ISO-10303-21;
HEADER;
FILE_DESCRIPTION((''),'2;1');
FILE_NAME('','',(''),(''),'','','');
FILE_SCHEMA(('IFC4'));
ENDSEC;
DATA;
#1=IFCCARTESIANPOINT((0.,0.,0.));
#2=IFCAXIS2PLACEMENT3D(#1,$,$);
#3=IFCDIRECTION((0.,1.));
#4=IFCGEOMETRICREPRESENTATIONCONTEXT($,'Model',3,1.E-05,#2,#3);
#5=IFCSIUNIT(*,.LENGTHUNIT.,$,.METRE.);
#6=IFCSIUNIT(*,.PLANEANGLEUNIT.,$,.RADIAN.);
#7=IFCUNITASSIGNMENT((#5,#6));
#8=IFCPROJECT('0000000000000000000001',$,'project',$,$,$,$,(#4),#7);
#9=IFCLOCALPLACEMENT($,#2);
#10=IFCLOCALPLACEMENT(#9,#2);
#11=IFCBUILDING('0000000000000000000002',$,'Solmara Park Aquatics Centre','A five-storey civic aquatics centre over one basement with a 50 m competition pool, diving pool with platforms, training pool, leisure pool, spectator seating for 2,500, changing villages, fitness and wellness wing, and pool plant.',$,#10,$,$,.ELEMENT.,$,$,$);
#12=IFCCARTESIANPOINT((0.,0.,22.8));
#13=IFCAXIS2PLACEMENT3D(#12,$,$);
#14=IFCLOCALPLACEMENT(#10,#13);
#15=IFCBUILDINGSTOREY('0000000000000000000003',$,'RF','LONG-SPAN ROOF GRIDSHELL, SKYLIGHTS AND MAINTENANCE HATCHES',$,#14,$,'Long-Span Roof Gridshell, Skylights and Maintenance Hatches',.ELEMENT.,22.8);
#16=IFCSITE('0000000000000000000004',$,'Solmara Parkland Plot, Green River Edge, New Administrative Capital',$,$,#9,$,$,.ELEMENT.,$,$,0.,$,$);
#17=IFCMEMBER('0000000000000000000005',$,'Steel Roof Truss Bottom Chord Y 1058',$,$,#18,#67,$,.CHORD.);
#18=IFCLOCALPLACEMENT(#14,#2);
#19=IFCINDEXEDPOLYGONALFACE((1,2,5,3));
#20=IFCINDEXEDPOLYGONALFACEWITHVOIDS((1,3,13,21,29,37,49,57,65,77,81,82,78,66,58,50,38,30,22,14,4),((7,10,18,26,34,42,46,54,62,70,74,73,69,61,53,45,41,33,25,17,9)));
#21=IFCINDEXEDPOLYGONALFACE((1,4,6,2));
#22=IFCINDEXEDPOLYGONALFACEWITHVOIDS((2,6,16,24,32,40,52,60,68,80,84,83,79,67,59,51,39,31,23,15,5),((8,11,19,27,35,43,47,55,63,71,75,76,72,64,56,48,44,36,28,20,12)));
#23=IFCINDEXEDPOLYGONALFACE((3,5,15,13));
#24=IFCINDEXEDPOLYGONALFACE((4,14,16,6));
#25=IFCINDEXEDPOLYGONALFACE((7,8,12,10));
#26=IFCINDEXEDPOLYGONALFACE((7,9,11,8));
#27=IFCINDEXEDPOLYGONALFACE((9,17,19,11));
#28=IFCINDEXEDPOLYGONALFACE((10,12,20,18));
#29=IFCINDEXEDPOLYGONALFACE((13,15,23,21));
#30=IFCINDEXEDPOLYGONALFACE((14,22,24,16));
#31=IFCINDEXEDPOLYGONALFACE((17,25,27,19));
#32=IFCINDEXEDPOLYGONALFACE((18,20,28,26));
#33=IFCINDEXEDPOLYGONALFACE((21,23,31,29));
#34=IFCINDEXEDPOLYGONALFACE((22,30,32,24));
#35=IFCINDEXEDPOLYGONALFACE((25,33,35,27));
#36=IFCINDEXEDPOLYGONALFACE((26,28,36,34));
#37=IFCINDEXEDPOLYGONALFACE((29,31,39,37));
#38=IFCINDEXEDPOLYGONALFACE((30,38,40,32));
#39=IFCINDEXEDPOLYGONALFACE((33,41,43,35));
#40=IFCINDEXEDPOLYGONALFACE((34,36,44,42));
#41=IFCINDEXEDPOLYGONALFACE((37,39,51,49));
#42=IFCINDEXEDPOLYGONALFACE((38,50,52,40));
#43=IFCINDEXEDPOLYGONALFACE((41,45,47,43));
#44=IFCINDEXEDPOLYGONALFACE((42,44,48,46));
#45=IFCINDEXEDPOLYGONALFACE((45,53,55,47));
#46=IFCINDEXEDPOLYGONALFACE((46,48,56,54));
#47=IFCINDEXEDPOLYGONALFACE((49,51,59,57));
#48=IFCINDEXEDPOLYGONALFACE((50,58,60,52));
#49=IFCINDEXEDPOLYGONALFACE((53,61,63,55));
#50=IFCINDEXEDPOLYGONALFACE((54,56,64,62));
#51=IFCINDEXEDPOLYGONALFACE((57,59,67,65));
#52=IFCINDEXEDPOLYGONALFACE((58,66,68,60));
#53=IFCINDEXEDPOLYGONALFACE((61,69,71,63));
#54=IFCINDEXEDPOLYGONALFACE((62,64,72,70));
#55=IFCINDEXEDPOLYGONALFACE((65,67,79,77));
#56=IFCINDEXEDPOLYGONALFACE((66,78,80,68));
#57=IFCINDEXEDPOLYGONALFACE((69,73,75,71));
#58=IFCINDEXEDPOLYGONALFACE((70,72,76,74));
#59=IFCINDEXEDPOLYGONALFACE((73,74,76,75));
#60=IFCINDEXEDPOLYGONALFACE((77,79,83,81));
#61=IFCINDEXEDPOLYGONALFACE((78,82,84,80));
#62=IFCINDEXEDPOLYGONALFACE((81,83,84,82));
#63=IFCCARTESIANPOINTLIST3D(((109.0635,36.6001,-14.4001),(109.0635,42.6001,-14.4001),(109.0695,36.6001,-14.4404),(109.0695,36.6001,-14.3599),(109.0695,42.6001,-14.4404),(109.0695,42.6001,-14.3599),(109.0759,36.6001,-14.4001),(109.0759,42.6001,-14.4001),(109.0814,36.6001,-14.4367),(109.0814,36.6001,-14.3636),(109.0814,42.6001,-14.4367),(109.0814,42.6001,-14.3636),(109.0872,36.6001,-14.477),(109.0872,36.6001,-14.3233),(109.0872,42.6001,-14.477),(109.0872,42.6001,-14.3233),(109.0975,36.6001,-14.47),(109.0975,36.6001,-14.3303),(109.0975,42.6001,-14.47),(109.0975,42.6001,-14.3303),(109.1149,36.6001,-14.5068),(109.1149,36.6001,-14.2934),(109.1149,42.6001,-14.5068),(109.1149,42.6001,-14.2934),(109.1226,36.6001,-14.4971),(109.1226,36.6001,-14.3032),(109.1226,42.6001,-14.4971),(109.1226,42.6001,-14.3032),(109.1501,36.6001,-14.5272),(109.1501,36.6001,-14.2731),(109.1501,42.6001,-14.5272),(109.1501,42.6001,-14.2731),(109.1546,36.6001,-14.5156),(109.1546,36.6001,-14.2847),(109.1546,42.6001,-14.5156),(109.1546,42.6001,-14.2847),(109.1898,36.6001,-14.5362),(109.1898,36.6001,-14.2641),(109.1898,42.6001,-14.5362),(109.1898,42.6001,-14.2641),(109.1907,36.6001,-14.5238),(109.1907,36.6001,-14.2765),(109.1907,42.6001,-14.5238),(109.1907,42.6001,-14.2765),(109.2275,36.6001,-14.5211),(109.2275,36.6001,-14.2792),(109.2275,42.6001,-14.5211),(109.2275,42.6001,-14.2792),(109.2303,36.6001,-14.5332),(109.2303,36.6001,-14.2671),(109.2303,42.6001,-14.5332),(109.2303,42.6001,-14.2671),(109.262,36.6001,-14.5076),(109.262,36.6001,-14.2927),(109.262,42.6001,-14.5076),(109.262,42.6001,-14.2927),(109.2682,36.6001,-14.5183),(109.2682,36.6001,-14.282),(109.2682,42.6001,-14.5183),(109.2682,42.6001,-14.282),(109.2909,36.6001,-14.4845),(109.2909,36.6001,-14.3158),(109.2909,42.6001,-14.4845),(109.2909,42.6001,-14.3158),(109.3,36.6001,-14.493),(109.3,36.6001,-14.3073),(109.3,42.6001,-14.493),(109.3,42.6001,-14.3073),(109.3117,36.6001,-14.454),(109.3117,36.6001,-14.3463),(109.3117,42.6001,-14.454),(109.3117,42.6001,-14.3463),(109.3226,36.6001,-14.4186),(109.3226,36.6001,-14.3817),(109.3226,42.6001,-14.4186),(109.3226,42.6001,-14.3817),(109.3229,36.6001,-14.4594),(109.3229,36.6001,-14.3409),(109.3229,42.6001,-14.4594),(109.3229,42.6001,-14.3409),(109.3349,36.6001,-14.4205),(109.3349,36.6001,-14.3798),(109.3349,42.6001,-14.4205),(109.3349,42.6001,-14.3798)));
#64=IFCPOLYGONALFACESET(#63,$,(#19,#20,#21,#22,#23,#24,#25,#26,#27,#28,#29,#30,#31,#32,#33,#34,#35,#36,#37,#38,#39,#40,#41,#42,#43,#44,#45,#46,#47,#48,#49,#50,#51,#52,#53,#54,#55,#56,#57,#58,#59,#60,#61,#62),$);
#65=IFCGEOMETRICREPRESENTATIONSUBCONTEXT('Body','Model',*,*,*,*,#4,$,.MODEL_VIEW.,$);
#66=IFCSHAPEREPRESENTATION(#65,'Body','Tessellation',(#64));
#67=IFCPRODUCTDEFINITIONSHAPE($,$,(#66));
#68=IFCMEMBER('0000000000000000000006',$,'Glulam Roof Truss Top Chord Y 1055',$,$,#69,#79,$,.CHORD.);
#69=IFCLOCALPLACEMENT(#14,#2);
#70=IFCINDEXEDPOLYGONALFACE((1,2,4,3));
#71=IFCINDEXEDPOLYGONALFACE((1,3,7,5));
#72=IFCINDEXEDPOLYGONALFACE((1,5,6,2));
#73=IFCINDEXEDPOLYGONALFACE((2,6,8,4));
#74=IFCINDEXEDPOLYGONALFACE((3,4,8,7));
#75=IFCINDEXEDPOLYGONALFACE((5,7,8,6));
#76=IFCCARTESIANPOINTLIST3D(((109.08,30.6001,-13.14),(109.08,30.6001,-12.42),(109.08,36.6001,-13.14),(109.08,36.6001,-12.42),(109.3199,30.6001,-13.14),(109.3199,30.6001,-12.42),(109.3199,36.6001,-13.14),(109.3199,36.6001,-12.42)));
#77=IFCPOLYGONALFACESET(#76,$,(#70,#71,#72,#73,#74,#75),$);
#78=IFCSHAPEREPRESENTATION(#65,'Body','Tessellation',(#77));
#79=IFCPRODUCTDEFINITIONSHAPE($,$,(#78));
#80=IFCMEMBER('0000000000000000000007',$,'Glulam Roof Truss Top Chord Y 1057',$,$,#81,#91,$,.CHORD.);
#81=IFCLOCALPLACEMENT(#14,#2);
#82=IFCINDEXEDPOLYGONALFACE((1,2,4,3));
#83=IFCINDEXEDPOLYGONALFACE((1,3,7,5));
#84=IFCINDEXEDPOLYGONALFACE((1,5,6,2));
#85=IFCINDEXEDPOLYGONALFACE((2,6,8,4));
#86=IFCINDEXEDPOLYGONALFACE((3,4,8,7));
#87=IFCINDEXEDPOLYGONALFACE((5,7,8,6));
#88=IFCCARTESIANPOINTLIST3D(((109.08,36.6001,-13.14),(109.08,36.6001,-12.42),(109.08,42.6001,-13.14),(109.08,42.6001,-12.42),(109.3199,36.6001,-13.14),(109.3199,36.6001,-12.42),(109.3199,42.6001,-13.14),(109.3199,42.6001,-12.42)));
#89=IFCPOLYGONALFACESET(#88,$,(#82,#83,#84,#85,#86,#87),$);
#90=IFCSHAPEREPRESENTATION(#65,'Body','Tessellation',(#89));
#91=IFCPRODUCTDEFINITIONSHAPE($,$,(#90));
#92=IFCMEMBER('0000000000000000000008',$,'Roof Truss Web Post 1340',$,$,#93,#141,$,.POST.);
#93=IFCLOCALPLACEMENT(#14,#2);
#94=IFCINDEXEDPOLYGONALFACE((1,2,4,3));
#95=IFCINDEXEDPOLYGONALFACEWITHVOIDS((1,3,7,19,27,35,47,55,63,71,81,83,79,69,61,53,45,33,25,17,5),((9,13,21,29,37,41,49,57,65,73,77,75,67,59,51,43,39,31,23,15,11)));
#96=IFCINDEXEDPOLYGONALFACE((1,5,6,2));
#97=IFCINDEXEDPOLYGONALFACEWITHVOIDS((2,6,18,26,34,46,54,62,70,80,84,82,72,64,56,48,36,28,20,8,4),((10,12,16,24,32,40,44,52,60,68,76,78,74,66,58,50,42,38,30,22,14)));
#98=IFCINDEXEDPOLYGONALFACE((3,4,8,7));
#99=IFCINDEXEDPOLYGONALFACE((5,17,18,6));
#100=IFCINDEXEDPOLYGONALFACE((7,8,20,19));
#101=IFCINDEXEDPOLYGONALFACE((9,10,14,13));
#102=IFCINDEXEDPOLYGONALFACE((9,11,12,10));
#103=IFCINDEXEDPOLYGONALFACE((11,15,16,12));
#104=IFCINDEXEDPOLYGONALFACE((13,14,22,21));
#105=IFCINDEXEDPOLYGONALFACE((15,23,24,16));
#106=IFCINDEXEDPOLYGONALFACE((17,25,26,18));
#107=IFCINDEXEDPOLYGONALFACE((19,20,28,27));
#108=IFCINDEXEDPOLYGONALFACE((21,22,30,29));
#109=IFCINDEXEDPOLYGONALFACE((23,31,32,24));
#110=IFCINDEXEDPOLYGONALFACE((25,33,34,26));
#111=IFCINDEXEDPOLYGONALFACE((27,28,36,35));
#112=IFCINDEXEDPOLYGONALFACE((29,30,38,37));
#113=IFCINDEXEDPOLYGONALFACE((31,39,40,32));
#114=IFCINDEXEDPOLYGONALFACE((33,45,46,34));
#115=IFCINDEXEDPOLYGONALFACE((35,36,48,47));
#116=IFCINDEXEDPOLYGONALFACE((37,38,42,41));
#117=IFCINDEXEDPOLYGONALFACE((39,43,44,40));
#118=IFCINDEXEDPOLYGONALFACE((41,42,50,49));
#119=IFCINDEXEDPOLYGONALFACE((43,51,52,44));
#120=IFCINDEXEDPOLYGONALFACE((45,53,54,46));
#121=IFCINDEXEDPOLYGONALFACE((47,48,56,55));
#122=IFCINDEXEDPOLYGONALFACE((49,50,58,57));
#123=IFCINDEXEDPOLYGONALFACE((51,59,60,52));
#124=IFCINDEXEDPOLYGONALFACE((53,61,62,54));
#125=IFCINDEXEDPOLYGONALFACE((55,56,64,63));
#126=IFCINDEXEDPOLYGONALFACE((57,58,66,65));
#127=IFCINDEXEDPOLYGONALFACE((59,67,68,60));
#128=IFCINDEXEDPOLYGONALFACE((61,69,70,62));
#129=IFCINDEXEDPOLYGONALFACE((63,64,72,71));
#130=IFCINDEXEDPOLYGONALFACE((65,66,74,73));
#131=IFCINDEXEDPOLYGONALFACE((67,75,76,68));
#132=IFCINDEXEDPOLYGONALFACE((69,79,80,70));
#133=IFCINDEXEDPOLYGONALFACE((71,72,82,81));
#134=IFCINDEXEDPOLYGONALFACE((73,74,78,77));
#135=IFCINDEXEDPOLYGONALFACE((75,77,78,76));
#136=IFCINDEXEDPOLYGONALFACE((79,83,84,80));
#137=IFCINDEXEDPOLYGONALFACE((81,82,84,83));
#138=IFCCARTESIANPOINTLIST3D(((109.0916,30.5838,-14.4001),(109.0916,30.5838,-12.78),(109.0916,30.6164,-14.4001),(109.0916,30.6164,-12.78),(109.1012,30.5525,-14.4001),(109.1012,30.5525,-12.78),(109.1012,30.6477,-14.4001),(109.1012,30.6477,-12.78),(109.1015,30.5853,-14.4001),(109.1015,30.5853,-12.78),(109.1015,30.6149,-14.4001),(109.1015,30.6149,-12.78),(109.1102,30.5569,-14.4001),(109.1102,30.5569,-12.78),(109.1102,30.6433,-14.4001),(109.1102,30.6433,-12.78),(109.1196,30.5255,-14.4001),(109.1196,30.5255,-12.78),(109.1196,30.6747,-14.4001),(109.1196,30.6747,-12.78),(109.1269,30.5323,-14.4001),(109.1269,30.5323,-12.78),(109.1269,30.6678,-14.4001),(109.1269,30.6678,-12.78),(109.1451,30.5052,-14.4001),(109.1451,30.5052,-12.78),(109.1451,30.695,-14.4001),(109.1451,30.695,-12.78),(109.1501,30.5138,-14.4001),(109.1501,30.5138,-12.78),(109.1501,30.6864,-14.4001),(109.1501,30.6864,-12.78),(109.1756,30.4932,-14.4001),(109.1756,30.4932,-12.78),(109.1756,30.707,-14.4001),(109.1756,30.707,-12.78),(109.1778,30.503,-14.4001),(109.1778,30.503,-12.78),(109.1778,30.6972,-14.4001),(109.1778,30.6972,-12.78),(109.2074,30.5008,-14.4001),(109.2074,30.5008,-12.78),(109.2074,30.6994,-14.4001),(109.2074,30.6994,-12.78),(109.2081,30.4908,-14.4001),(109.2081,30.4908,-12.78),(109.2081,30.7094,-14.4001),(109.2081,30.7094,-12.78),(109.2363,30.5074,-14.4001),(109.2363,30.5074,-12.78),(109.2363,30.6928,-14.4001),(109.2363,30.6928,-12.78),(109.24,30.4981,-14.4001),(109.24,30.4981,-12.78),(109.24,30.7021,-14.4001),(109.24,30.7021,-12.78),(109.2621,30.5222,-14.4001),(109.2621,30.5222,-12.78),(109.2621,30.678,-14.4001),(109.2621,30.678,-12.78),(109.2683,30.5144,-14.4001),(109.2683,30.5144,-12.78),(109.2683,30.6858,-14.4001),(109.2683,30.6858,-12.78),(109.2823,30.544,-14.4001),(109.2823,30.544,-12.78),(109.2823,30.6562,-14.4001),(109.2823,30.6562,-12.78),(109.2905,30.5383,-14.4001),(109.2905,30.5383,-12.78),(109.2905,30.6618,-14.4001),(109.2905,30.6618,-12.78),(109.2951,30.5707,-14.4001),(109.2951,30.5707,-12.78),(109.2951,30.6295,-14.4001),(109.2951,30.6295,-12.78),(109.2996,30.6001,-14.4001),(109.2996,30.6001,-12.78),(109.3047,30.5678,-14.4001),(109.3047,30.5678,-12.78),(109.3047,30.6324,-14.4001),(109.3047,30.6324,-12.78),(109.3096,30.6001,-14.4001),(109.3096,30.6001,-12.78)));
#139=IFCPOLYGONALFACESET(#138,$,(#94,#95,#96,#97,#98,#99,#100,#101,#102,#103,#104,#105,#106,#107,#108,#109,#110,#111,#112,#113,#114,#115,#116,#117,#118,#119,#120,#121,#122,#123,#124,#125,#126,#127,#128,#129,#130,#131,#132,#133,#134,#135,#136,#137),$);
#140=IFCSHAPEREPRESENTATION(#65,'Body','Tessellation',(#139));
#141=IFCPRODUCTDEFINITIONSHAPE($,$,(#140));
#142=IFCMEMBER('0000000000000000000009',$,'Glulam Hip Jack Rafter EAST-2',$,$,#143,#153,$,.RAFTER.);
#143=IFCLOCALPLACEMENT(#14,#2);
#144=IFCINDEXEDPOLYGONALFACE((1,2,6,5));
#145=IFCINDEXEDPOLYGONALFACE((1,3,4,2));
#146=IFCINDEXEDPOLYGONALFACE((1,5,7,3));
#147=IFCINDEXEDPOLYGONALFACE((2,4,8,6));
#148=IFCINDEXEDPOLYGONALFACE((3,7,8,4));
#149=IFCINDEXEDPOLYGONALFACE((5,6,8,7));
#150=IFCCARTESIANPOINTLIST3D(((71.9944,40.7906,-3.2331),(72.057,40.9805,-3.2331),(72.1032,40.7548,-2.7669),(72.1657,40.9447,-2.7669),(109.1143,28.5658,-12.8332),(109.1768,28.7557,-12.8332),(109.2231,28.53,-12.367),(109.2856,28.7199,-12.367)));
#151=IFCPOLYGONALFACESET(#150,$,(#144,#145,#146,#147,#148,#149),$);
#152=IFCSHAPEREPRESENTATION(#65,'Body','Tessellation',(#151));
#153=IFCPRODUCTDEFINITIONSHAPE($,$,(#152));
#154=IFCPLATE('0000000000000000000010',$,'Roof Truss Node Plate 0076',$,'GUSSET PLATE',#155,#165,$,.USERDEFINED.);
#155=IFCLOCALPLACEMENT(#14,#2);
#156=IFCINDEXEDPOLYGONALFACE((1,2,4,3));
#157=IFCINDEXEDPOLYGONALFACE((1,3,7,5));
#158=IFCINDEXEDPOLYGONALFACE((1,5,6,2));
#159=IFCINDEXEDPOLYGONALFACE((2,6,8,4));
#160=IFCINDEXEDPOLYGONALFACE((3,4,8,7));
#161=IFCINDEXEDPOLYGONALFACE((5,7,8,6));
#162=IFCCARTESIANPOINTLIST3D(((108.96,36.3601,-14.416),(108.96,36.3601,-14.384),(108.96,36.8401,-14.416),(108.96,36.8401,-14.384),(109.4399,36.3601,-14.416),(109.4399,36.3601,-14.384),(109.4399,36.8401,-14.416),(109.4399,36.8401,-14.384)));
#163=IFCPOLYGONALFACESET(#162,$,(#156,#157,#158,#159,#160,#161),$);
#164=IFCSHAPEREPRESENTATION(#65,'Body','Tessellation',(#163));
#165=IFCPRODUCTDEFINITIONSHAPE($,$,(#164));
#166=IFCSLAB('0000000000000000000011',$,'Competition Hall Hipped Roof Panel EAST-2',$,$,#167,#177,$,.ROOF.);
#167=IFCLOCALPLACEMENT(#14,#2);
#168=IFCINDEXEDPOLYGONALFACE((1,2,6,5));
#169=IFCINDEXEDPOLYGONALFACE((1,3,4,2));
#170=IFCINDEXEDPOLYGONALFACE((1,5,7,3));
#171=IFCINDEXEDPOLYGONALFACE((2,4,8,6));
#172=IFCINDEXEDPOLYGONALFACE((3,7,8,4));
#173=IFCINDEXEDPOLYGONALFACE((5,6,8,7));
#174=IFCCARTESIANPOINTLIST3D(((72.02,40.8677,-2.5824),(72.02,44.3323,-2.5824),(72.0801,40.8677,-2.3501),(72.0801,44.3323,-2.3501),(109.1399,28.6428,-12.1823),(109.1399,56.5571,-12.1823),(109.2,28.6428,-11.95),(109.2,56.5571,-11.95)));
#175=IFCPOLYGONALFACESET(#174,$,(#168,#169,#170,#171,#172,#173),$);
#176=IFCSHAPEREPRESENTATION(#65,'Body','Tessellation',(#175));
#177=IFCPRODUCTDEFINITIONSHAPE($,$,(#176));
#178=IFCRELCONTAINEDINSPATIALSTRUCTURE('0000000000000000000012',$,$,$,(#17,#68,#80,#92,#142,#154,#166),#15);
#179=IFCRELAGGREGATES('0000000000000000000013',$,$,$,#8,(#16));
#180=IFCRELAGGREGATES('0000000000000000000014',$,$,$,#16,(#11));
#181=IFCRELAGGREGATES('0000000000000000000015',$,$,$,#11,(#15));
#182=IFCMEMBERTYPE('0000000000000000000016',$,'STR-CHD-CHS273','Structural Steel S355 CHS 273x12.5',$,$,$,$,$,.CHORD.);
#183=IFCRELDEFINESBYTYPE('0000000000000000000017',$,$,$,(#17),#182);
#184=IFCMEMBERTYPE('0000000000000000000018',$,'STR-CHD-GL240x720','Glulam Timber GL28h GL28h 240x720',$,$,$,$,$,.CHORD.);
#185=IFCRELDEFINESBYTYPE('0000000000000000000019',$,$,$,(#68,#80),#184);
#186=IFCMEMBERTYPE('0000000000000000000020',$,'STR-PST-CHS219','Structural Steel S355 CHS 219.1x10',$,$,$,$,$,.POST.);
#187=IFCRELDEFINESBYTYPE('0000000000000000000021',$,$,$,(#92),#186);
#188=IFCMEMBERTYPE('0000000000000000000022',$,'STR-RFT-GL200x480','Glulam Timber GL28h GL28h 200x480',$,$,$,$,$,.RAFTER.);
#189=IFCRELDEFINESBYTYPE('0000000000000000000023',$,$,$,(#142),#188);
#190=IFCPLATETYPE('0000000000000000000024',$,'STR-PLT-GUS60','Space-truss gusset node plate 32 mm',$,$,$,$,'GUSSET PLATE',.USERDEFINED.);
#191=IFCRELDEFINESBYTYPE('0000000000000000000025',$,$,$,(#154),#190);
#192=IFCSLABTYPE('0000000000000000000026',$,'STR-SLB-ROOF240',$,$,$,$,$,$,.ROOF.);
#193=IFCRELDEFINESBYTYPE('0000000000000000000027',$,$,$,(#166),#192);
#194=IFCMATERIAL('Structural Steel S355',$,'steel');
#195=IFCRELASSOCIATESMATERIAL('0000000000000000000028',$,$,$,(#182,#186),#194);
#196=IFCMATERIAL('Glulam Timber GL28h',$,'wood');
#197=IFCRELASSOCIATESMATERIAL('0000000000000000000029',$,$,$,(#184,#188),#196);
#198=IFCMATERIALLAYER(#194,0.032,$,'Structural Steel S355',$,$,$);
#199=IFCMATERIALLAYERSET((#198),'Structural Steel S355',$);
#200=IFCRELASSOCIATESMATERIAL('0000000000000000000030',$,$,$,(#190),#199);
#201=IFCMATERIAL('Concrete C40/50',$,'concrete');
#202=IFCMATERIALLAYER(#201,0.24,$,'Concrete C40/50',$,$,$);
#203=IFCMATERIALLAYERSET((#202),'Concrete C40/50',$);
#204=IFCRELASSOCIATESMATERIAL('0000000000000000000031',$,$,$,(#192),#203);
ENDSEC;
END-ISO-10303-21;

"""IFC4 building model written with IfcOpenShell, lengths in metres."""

from ifc_helpers import new_model, si_unit, direction, frame, origin, origin_2d, place, context, subcontext, project, spatial, polyline, rectangle, hollow_circle, outline, extrude, material, layer, layer_set, material_profile, profile_set, type_object, element, save


model = new_model("IFC4")

# Units and contexts
model_context = context("Model", 3, precision=1e-05, world=origin(), true_north=direction((0.0, 1.0)))
body_context = subcontext(model_context, "Body", "Model", "MODEL_VIEW")
ifc_project = project(units=[si_unit("LENGTHUNIT", "METRE"), si_unit("PLANEANGLEUNIT", "RADIAN")], contexts=[model_context])

# Site, building, storey
site_placement = place(None, origin())
site = spatial("IfcSite", under=ifc_project, at=site_placement, Name="Solmara Parkland Plot, Green River Edge, New Administrative Capital", CompositionType="ELEMENT", RefElevation=0.0)
building_placement = place(site_placement, origin())
building = spatial("IfcBuilding", under=site, at=building_placement, Name="Solmara Park Aquatics Centre", Description="A five-storey civic aquatics centre over one basement with a 50 m competition pool, diving pool with platforms, training pool, leisure pool, spectator seating for 2,500, changing villages, fitness and wellness wing, and pool plant.", CompositionType="ELEMENT")
storey_placement = place(building_placement, frame((0.0, 0.0, 22.8)))
storey = spatial("IfcBuildingStorey", under=building, at=storey_placement, Name="RF", Description="LONG-SPAN ROOF GRIDSHELL, SKYLIGHTS AND MAINTENANCE HATCHES", LongName="Long-Span Roof Gridshell, Skylights and Maintenance Hatches", CompositionType="ELEMENT", Elevation=22.8)

# Shared definitions
ifc_material_1 = material(Name="Structural Steel S355", Category="steel")

# Members
ifc_material_profile_1 = material_profile(ifc_material_1, hollow_circle(Radius=0.1365, WallThickness=0.0125, at=origin_2d()), Name="CHS 273x12.5")
ifc_profile_set_1 = profile_set([ifc_material_profile_1], Name="Structural Steel S355")
member_type_1 = type_object("IfcMemberType", Name="STR-CHD-CHS273", Description="Structural Steel S355 CHS 273x12.5", PredefinedType="CHORD", material=ifc_profile_set_1)
for number, where, z_axis, x_axis, name in (
    (1, (109.2, 36.6001, -14.4001), (0.0, 1.0, 0.0), (-1.0, 0.0, 0.0), "Steel Roof Truss Bottom Chord Y 1058"),
):
    element("IfcMember", number, at=place(storey_placement, frame(where, z_axis=z_axis, x_axis=x_axis)), inside=storey, type_object=member_type_1, Name=name, PredefinedType="CHORD", context=body_context, shape_type="SweptSolid", body=[
        extrude(hollow_circle(Radius=0.1365, WallThickness=0.0125, at=origin_2d()), origin(), (0.0, 0.0, 1.0), 6.0),
    ])
ifc_material_2 = material(Name="Glulam Timber GL28h", Category="wood")
ifc_material_profile_2 = material_profile(ifc_material_2, rectangle(XDim=0.24, YDim=0.72, at=origin_2d()), Name="GL28h 240x720")
ifc_profile_set_2 = profile_set([ifc_material_profile_2], Name="Glulam Timber GL28h")
member_type_2 = type_object("IfcMemberType", Name="STR-CHD-GL240x720", Description="Glulam Timber GL28h GL28h 240x720", PredefinedType="CHORD", material=ifc_profile_set_2)
for number, where, z_axis, x_axis, name in (
    (2, (109.2, 30.6001, -12.78), (0.0, 1.0, 0.0), (-1.0, 0.0, 0.0), "Glulam Roof Truss Top Chord Y 1055"),
    (3, (109.2, 36.6001, -12.78), (0.0, 1.0, 0.0), (-1.0, 0.0, 0.0), "Glulam Roof Truss Top Chord Y 1057"),
):
    element("IfcMember", number, at=place(storey_placement, frame(where, z_axis=z_axis, x_axis=x_axis)), inside=storey, type_object=member_type_2, Name=name, PredefinedType="CHORD", context=body_context, shape_type="SweptSolid", body=[
        extrude(rectangle(XDim=0.24, YDim=0.72, at=origin_2d()), origin(), (0.0, 0.0, 1.0), 6.0),
    ])
ifc_material_profile_3 = material_profile(ifc_material_1, hollow_circle(Radius=0.1096, WallThickness=0.01, at=origin_2d()), Name="CHS 219.1x10")
ifc_profile_set_3 = profile_set([ifc_material_profile_3], Name="Structural Steel S355")
member_type_3 = type_object("IfcMemberType", Name="STR-PST-CHS219", Description="Structural Steel S355 CHS 219.1x10", PredefinedType="POST", material=ifc_profile_set_3)
member_1_placement = place(storey_placement, frame((109.2, 30.6001, -14.4001), z_axis=(0.0, 0.0, 1.0), x_axis=(1.0, 0.0, 0.0)))
element("IfcMember", 4, at=member_1_placement, inside=storey, type_object=member_type_3, Name="Roof Truss Web Post 1340", PredefinedType="POST", context=body_context, shape_type="SweptSolid", body=[
    extrude(hollow_circle(Radius=0.1096, WallThickness=0.01, at=origin_2d()), origin(), (0.0, 0.0, 1.0), 1.6201),
])
ifc_material_profile_4 = material_profile(ifc_material_2, rectangle(XDim=0.2, YDim=0.48, at=origin_2d()), Name="GL28h 200x480")
ifc_profile_set_4 = profile_set([ifc_material_profile_4], Name="Glulam Timber GL28h")
member_type_4 = type_object("IfcMemberType", Name="STR-RFT-GL200x480", Description="Glulam Timber GL28h GL28h 200x480", PredefinedType="RAFTER", material=ifc_profile_set_4)
member_2_placement = place(storey_placement, frame((109.2, 28.6428, -12.6001), z_axis=(-0.922395, 0.303776, 0.238554), x_axis=(-0.312807, -0.949817, 0.0)))
element("IfcMember", 5, at=member_2_placement, inside=storey, type_object=member_type_4, Name="Glulam Hip Jack Rafter EAST-2", PredefinedType="RAFTER", context=body_context, shape_type="SweptSolid", body=[
    extrude(rectangle(XDim=0.2, YDim=0.48, at=origin_2d()), origin(), (0.0, 0.0, 1.0), 40.2429),
])

# Plate
ifc_layer_1 = layer(ifc_material_1, 0.032, Name="Structural Steel S355")
ifc_layer_set_1 = layer_set([ifc_layer_1], Name="Structural Steel S355")
plate_type = type_object("IfcPlateType", Name="STR-PLT-GUS60", Description="Space-truss gusset node plate 32 mm", ElementType="GUSSET PLATE", PredefinedType="USERDEFINED", material=ifc_layer_set_1)
plate_placement = place(storey_placement, frame((109.2, 36.6001, -14.416), z_axis=(0.0, 0.0, 1.0), x_axis=(1.0, 0.0, 0.0)))
element("IfcPlate", 6, at=plate_placement, inside=storey, type_object=plate_type, Name="Roof Truss Node Plate 0076", ObjectType="GUSSET PLATE", PredefinedType="USERDEFINED", context=body_context, shape_type="SweptSolid", body=[
    extrude(rectangle(XDim=0.48, YDim=0.48, at=origin_2d()), origin(), (0.0, 0.0, 1.0), 0.032),
])

# Slab
ifc_material_3 = material(Name="Concrete C40/50", Category="concrete")
ifc_layer_2 = layer(ifc_material_3, 0.24, Name="Concrete C40/50")
ifc_layer_set_2 = layer_set([ifc_layer_2], Name="Concrete C40/50")
slab_type = type_object("IfcSlabType", Name="STR-SLB-ROOF240", PredefinedType="ROOF", material=ifc_layer_set_2)
slab_placement = place(storey_placement, frame((109.2, 28.6428, -11.95), z_axis=(0.25038, 0.0, 0.968148), x_axis=(0.0, 1.0, 0.0)))
element("IfcSlab", 7, at=slab_placement, inside=storey, type_object=slab_type, Name="Competition Hall Hipped Roof Panel EAST-2", PredefinedType="ROOF", context=body_context, shape_type="SweptSolid", body=[
    extrude(outline(polyline([(0.0, 0.0), (27.9143, 0.0), (15.6895, 38.3411), (12.2249, 38.3411), (0.0, 0.0)])), origin(), (0.0, 0.0, -1.0), 0.24),
])

save(model, "model.ifc")
